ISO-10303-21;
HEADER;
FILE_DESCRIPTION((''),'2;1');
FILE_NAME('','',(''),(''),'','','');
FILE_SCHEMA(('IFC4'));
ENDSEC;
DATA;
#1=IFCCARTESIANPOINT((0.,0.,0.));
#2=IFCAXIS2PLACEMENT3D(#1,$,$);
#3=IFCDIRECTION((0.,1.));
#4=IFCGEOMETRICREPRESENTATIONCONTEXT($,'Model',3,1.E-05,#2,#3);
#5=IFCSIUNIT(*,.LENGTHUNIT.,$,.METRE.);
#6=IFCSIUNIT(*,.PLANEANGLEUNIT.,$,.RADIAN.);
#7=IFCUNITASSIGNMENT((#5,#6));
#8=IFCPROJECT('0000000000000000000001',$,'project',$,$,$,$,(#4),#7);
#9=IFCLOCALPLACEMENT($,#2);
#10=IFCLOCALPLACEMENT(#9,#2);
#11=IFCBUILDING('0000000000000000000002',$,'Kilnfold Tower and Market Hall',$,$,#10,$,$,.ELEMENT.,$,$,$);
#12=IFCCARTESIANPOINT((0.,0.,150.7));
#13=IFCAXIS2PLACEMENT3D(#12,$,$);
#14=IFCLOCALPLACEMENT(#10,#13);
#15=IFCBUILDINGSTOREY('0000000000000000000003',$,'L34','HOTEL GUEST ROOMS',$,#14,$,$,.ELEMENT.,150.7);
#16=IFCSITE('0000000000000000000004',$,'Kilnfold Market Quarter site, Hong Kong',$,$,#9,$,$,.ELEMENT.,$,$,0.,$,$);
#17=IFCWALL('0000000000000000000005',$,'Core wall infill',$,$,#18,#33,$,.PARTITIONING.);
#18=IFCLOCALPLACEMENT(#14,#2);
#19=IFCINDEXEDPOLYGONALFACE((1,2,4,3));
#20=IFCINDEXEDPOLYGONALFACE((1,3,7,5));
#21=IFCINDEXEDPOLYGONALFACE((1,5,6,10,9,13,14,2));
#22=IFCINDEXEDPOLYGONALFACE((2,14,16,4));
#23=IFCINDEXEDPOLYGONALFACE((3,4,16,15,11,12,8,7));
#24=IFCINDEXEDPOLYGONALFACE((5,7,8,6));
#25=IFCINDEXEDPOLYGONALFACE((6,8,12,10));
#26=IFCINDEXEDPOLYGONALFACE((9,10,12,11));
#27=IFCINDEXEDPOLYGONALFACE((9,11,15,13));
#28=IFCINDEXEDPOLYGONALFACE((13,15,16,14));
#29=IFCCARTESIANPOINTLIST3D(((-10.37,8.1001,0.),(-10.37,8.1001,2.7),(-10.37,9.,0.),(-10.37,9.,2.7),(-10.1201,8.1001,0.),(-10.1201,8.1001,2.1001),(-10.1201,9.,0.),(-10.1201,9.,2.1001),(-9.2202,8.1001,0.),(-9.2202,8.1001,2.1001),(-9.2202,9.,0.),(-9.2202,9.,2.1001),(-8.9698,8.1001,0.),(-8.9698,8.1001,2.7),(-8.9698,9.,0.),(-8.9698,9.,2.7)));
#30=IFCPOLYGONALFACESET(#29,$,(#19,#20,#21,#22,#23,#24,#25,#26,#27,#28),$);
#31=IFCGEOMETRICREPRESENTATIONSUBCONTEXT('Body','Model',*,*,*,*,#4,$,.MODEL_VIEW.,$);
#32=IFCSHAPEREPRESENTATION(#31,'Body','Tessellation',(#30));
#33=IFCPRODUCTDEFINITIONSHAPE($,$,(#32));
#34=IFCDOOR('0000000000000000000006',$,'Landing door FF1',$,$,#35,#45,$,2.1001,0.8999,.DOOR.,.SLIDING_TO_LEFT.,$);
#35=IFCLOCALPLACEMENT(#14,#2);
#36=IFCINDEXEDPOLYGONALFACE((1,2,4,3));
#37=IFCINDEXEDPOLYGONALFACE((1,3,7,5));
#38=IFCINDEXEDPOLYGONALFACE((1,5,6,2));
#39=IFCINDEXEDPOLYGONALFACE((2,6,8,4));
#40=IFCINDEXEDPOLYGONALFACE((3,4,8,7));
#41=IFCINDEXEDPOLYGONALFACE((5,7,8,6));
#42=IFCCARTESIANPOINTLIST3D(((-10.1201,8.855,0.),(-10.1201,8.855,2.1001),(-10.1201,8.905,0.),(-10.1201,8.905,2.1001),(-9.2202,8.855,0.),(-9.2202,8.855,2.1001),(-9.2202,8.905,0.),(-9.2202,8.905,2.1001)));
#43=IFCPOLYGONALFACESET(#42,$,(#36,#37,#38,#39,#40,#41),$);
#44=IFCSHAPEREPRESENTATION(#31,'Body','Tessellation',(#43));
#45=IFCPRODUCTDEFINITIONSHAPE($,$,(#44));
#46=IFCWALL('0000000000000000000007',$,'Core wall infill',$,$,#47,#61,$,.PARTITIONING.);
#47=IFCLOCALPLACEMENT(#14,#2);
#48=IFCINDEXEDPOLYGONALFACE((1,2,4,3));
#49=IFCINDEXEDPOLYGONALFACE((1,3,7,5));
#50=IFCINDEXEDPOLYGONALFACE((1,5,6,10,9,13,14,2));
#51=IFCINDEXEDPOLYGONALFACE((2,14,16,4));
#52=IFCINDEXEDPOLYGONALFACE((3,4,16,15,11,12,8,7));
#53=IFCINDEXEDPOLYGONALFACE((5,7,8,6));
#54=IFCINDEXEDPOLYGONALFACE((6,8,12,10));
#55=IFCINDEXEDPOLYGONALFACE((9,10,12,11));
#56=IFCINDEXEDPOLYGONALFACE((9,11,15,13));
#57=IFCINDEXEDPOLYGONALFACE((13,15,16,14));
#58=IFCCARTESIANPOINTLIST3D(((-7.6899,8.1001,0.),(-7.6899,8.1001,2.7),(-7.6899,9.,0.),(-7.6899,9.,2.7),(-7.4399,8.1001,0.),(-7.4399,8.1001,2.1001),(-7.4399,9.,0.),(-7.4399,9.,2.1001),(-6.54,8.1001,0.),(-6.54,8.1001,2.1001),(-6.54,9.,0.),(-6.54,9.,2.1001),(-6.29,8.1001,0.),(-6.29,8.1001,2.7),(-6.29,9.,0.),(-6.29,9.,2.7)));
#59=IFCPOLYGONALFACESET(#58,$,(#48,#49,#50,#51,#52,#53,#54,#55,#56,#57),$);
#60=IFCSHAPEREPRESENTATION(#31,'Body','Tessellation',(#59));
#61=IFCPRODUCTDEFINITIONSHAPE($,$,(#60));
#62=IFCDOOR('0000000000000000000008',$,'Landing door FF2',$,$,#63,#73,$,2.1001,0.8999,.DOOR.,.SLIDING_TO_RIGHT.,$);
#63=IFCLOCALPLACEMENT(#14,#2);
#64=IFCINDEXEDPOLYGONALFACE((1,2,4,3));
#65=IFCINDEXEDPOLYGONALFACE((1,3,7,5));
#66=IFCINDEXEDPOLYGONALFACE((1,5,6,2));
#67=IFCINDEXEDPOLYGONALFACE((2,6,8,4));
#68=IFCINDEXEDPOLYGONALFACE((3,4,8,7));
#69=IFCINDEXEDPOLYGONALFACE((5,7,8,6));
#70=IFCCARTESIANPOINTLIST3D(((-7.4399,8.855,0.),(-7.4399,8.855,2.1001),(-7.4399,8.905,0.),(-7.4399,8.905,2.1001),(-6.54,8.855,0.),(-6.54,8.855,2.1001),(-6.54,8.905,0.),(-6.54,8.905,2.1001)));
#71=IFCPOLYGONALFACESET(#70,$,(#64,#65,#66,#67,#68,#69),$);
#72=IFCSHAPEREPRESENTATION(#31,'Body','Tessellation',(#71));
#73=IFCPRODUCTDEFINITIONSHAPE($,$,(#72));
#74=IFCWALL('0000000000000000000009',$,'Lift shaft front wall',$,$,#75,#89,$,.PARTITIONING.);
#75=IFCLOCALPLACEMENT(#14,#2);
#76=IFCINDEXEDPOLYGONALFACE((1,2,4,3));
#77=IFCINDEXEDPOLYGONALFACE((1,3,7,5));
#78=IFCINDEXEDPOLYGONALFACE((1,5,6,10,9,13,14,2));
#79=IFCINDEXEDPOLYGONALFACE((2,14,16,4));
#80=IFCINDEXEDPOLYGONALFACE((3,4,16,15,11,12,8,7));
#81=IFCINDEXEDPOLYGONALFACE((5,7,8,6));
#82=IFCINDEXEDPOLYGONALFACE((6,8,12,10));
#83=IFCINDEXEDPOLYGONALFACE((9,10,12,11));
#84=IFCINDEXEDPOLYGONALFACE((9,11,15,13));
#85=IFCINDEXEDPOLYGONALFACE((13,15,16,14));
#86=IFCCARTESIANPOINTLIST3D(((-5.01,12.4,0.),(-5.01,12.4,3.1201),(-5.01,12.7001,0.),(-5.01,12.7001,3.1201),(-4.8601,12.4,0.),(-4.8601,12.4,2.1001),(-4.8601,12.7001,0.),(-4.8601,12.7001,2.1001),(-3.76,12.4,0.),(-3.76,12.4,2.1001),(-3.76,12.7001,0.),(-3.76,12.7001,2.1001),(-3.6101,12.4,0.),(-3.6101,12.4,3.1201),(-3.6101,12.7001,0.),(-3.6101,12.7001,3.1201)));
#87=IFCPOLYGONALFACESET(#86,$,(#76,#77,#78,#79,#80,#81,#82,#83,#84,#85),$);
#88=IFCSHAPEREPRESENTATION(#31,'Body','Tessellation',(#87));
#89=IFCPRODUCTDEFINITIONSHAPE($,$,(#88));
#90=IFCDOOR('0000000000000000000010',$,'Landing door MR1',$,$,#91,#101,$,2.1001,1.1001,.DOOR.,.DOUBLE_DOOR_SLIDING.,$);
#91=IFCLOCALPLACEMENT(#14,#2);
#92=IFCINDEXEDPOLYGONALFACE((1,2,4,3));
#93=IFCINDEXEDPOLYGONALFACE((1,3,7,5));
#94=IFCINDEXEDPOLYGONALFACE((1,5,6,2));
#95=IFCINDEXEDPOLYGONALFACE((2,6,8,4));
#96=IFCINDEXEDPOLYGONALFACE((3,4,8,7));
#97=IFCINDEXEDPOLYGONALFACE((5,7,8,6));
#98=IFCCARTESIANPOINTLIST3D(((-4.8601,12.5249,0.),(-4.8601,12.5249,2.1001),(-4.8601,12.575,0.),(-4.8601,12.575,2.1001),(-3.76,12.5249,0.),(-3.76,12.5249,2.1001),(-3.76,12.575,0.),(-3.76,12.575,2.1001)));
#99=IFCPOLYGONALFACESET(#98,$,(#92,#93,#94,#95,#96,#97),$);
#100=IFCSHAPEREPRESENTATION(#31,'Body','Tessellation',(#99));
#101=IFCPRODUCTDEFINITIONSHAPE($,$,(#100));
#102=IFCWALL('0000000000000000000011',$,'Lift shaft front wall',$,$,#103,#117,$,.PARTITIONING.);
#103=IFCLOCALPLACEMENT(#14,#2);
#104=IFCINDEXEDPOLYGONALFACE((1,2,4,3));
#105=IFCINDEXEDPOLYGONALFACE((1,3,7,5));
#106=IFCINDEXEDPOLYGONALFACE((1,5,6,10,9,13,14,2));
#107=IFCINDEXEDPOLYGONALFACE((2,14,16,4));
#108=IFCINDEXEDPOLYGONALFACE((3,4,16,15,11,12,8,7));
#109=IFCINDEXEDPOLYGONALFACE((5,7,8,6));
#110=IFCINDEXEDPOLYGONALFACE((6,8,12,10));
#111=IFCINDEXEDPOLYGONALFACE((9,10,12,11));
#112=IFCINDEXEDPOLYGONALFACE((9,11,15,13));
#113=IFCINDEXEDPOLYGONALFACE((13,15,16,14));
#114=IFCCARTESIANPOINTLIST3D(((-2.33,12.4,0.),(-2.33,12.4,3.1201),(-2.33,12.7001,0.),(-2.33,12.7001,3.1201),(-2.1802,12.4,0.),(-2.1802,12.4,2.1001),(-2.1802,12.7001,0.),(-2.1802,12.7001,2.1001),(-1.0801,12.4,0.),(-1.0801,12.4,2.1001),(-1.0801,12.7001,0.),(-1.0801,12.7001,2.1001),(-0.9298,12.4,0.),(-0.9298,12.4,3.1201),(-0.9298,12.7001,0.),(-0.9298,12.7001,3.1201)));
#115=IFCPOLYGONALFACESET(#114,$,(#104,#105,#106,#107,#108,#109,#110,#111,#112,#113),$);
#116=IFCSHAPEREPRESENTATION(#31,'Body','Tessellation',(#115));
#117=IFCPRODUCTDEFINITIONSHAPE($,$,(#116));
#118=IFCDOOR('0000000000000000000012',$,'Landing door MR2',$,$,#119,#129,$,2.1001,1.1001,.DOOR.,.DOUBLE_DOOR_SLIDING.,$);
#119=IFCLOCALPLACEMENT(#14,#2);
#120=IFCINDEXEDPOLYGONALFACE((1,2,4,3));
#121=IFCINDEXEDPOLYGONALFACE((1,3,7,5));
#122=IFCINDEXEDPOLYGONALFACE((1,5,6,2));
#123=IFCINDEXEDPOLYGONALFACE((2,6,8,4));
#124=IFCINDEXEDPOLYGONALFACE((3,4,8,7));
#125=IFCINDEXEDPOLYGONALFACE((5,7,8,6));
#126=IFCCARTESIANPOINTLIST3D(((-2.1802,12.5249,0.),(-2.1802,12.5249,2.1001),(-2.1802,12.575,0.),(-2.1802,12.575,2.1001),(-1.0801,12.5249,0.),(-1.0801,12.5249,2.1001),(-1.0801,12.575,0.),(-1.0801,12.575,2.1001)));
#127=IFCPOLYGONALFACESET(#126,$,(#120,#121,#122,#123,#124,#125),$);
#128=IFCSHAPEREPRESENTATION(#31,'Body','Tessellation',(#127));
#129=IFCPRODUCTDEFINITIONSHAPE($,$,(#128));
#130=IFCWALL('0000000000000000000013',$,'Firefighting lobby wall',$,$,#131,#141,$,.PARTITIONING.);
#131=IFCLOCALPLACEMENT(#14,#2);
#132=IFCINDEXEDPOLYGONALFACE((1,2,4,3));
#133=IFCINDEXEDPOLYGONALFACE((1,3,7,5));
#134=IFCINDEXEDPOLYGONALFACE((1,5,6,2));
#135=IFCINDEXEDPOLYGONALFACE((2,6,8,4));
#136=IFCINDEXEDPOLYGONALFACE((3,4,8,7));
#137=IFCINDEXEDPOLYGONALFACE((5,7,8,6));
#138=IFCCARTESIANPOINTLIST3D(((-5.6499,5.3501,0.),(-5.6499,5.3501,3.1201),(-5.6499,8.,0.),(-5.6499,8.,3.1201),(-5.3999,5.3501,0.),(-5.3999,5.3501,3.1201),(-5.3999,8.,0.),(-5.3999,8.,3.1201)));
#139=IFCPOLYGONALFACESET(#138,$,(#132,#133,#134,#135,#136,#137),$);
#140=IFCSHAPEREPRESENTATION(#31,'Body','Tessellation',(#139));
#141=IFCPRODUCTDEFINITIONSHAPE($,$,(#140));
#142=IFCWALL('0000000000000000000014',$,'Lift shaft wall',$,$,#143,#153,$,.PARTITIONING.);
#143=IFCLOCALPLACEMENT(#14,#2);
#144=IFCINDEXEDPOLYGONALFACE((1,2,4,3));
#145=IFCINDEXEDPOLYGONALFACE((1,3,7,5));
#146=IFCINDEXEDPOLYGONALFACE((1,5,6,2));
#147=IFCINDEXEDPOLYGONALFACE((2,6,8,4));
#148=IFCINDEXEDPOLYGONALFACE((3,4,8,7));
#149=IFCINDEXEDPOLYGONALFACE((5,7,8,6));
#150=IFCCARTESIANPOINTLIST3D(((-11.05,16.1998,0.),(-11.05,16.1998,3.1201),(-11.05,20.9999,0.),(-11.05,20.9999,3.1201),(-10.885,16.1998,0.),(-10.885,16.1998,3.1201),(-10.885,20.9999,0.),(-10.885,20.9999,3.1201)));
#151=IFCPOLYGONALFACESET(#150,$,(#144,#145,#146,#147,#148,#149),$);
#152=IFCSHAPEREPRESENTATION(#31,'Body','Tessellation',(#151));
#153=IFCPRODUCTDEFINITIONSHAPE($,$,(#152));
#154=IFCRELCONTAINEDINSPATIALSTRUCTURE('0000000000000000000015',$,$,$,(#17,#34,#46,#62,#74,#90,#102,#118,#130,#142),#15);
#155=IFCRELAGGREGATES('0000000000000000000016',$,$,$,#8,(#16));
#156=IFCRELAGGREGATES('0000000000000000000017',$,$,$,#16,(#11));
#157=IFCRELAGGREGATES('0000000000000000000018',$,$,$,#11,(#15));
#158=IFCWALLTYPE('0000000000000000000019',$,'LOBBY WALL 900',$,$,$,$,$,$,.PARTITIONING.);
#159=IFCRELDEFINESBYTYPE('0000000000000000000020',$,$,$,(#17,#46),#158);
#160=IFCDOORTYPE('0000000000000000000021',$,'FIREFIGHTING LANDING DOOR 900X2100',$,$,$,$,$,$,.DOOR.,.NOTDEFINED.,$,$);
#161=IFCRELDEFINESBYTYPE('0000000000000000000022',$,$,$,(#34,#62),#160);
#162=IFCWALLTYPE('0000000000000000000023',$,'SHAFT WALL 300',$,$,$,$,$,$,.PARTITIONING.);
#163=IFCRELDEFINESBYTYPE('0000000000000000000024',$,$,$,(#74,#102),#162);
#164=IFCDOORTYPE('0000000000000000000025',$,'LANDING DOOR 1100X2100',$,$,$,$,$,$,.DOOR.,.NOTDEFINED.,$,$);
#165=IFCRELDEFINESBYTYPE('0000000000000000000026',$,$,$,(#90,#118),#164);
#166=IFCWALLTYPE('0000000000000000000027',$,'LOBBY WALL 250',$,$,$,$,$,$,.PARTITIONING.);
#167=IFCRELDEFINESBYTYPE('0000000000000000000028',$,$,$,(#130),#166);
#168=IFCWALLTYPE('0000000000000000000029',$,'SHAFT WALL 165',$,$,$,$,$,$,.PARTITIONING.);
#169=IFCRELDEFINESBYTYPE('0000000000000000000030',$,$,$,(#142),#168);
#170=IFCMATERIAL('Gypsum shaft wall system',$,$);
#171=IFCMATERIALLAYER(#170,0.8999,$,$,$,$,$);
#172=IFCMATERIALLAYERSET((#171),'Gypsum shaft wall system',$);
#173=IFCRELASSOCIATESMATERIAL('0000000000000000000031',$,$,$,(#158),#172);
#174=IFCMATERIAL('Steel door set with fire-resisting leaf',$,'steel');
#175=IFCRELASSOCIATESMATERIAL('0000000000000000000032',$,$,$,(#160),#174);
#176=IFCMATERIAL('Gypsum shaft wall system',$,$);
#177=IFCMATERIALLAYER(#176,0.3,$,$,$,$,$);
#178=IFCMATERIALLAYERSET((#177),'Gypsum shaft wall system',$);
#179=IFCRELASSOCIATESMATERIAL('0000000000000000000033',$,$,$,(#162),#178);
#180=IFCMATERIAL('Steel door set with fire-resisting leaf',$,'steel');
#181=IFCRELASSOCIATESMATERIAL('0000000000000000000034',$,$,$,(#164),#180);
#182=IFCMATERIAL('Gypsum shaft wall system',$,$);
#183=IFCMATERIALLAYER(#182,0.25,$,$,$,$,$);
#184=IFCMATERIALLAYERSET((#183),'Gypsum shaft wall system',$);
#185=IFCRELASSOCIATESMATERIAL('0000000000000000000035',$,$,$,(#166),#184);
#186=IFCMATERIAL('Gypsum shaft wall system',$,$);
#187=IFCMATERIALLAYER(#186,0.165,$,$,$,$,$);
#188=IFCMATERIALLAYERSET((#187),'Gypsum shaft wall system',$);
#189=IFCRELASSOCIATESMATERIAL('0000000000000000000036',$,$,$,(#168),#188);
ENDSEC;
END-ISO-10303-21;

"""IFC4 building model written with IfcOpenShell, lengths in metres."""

from ifc_helpers import new_model, si_unit, direction, frame, frame_2d, origin, place, context, subcontext, project, spatial, rectangle, extrude, source, transform, mapped, material, layer, layer_set, type_object, element, fill, save


model = new_model("IFC4")

# Units and contexts
model_context = context("Model", 3, precision=1e-05, world=origin(), true_north=direction((0.0, 1.0)))
body_context = subcontext(model_context, "Body", "Model", "MODEL_VIEW")
ifc_project = project(units=[si_unit("LENGTHUNIT", "METRE"), si_unit("PLANEANGLEUNIT", "RADIAN")], contexts=[model_context])

# Site, building, storey
site_placement = place(None, origin())
site = spatial("IfcSite", under=ifc_project, at=site_placement, Name="Kilnfold Market Quarter site, Hong Kong", CompositionType="ELEMENT", RefElevation=0.0)
building_placement = place(site_placement, origin())
building = spatial("IfcBuilding", under=site, at=building_placement, Name="Kilnfold Tower and Market Hall", CompositionType="ELEMENT")
storey_placement = place(building_placement, frame((0.0, 0.0, 150.7)))
storey = spatial("IfcBuildingStorey", under=building, at=storey_placement, Name="L34", Description="HOTEL GUEST ROOMS", CompositionType="ELEMENT", Elevation=150.7)

# Walls, openings, doors
ifc_material_1 = material(Name="Gypsum shaft wall system")
ifc_layer_1 = layer(ifc_material_1, 0.8999)
ifc_layer_set_1 = layer_set([ifc_layer_1], Name="Gypsum shaft wall system")
wall_type_1 = type_object("IfcWallType", Name="LOBBY WALL 900", PredefinedType="PARTITIONING", material=ifc_layer_set_1)
shared_shape_1 = source(origin(), body_context, "Body", "SweptSolid", [
    extrude(rectangle(XDim=1.4001, YDim=0.8999, at=frame_2d((0.7002, 0.0))), origin(), (0.0, 0.0, 1.0), 2.7),
])
wall_1_placement = place(storey_placement, frame((-10.3701, 8.55, 0.0), z_axis=(0.0, 0.0, 1.0), x_axis=(1.0, 0.0, 0.0)))
wall_1 = element("IfcWall", 1, at=wall_1_placement, inside=storey, type_object=wall_type_1, Name="Core wall infill", PredefinedType="PARTITIONING", context=body_context, shape_type="MappedRepresentation", body=[
    mapped(shared_shape_1, transform((0.0, 0.0, 0.0))),
])
opening_1_placement = place(wall_1_placement, frame((0.25, 0.0, 0.0)))
opening_1 = element("IfcOpeningElement", 2, at=opening_1_placement, cuts=wall_1, PredefinedType="OPENING", context=body_context, shape_type="SweptSolid", body=[
    extrude(rectangle(XDim=0.8999, YDim=2.1001, at=frame_2d((0.45, 1.05))), frame((0.0, 0.46, 0.0), z_axis=(0.0, -1.0, 0.0), x_axis=(1.0, 0.0, 0.0)), (0.0, 0.0, 1.0), 0.9199),
])
ifc_material_2 = material(Name="Steel door set with fire-resisting leaf", Category="steel")
door_type_1 = type_object("IfcDoorType", Name="FIREFIGHTING LANDING DOOR 900X2100", OperationType="NOTDEFINED", PredefinedType="DOOR", material=ifc_material_2)
door_1_placement = place(opening_1_placement, origin())
door_1 = element("IfcDoor", 3, at=door_1_placement, inside=storey, type_object=door_type_1, Name="Landing door FF1", OperationType="SLIDING_TO_LEFT", OverallHeight=2.1001, OverallWidth=0.8999, PredefinedType="DOOR", context=body_context, shape_type="SweptSolid", body=[
    extrude(rectangle(XDim=0.8999, YDim=2.1001, at=frame_2d((0.45, 1.05))), frame((0.0, 0.355, 0.0), z_axis=(0.0, -1.0, 0.0), x_axis=(1.0, 0.0, 0.0)), (0.0, 0.0, 1.0), 0.05),
])
fill(opening_1, door_1)
shared_shape_2 = source(origin(), body_context, "Body", "SweptSolid", [
    extrude(rectangle(XDim=1.3999, YDim=0.8999, at=frame_2d((0.7, 0.0))), origin(), (0.0, 0.0, 1.0), 2.7),
])
wall_2_placement = place(storey_placement, frame((-7.6899, 8.55, 0.0), z_axis=(0.0, 0.0, 1.0), x_axis=(1.0, 0.0, 0.0)))
wall_2 = element("IfcWall", 4, at=wall_2_placement, inside=storey, type_object=wall_type_1, Name="Core wall infill", PredefinedType="PARTITIONING", context=body_context, shape_type="MappedRepresentation", body=[
    mapped(shared_shape_2, transform((0.0, 0.0, 0.0))),
])
opening_2_placement = place(wall_2_placement, frame((0.25, 0.0, 0.0)))
opening_2 = element("IfcOpeningElement", 5, at=opening_2_placement, cuts=wall_2, PredefinedType="OPENING", context=body_context, shape_type="SweptSolid", body=[
    extrude(rectangle(XDim=0.8999, YDim=2.1001, at=frame_2d((0.45, 1.05))), frame((0.0, 0.46, 0.0), z_axis=(0.0, -1.0, 0.0), x_axis=(1.0, 0.0, 0.0)), (0.0, 0.0, 1.0), 0.9199),
])
door_2_placement = place(opening_2_placement, origin())
door_2 = element("IfcDoor", 6, at=door_2_placement, inside=storey, type_object=door_type_1, Name="Landing door FF2", OperationType="SLIDING_TO_RIGHT", OverallHeight=2.1001, OverallWidth=0.8999, PredefinedType="DOOR", context=body_context, shape_type="SweptSolid", body=[
    extrude(rectangle(XDim=0.8999, YDim=2.1001, at=frame_2d((0.45, 1.05))), frame((0.0, 0.355, 0.0), z_axis=(0.0, -1.0, 0.0), x_axis=(1.0, 0.0, 0.0)), (0.0, 0.0, 1.0), 0.05),
])
fill(opening_2, door_2)
ifc_material_3 = material(Name="Gypsum shaft wall system")
ifc_layer_2 = layer(ifc_material_3, 0.3)
ifc_layer_set_2 = layer_set([ifc_layer_2], Name="Gypsum shaft wall system")
wall_type_2 = type_object("IfcWallType", Name="SHAFT WALL 300", PredefinedType="PARTITIONING", material=ifc_layer_set_2)
shared_shape_3 = source(origin(), body_context, "Body", "SweptSolid", [
    extrude(rectangle(XDim=1.3999, YDim=0.3, at=frame_2d((0.7, 0.0))), origin(), (0.0, 0.0, 1.0), 3.1201),
])
wall_3_placement = place(storey_placement, frame((-5.01, 12.55, 0.0), z_axis=(0.0, 0.0, 1.0), x_axis=(1.0, 0.0, 0.0)))
wall_3 = element("IfcWall", 7, at=wall_3_placement, inside=storey, type_object=wall_type_2, Name="Lift shaft front wall", PredefinedType="PARTITIONING", context=body_context, shape_type="MappedRepresentation", body=[
    mapped(shared_shape_3, transform((0.0, 0.0, 0.0))),
])
opening_3_placement = place(wall_3_placement, frame((0.1499, 0.0, 0.0)))
opening_3 = element("IfcOpeningElement", 8, at=opening_3_placement, cuts=wall_3, PredefinedType="OPENING", context=body_context, shape_type="SweptSolid", body=[
    extrude(rectangle(XDim=1.1001, YDim=2.1001, at=frame_2d((0.55, 1.05))), frame((0.0, 0.1602, 0.0), z_axis=(0.0, -1.0, 0.0), x_axis=(1.0, 0.0, 0.0)), (0.0, 0.0, 1.0), 0.3201),
])
ifc_material_4 = material(Name="Steel door set with fire-resisting leaf", Category="steel")
door_type_2 = type_object("IfcDoorType", Name="LANDING DOOR 1100X2100", OperationType="NOTDEFINED", PredefinedType="DOOR", material=ifc_material_4)
door_3_placement = place(opening_3_placement, origin())
door_3 = element("IfcDoor", 9, at=door_3_placement, inside=storey, type_object=door_type_2, Name="Landing door MR1", OperationType="DOUBLE_DOOR_SLIDING", OverallHeight=2.1001, OverallWidth=1.1001, PredefinedType="DOOR", context=body_context, shape_type="SweptSolid", body=[
    extrude(rectangle(XDim=1.1001, YDim=2.1001, at=frame_2d((0.55, 1.05))), frame((0.0, 0.0249, 0.0), z_axis=(0.0, -1.0, 0.0), x_axis=(1.0, 0.0, 0.0)), (0.0, 0.0, 1.0), 0.05),
])
fill(opening_3, door_3)
shared_shape_4 = source(origin(), body_context, "Body", "SweptSolid", [
    extrude(rectangle(XDim=1.4001, YDim=0.3, at=frame_2d((0.7002, 0.0))), origin(), (0.0, 0.0, 1.0), 3.1201),
])
wall_4_placement = place(storey_placement, frame((-2.3301, 12.55, 0.0), z_axis=(0.0, 0.0, 1.0), x_axis=(1.0, 0.0, 0.0)))
wall_4 = element("IfcWall", 10, at=wall_4_placement, inside=storey, type_object=wall_type_2, Name="Lift shaft front wall", PredefinedType="PARTITIONING", context=body_context, shape_type="MappedRepresentation", body=[
    mapped(shared_shape_4, transform((0.0, 0.0, 0.0))),
])
opening_4_placement = place(wall_4_placement, frame((0.1499, 0.0, 0.0)))
opening_4 = element("IfcOpeningElement", 11, at=opening_4_placement, cuts=wall_4, PredefinedType="OPENING", context=body_context, shape_type="SweptSolid", body=[
    extrude(rectangle(XDim=1.1001, YDim=2.1001, at=frame_2d((0.55, 1.05))), frame((0.0, 0.1602, 0.0), z_axis=(0.0, -1.0, 0.0), x_axis=(1.0, 0.0, 0.0)), (0.0, 0.0, 1.0), 0.3201),
])
door_4_placement = place(opening_4_placement, origin())
door_4 = element("IfcDoor", 12, at=door_4_placement, inside=storey, type_object=door_type_2, Name="Landing door MR2", OperationType="DOUBLE_DOOR_SLIDING", OverallHeight=2.1001, OverallWidth=1.1001, PredefinedType="DOOR", context=body_context, shape_type="SweptSolid", body=[
    extrude(rectangle(XDim=1.1001, YDim=2.1001, at=frame_2d((0.55, 1.05))), frame((0.0, 0.0249, 0.0), z_axis=(0.0, -1.0, 0.0), x_axis=(1.0, 0.0, 0.0)), (0.0, 0.0, 1.0), 0.05),
])
fill(opening_4, door_4)

# Walls
ifc_material_5 = material(Name="Gypsum shaft wall system")
ifc_layer_3 = layer(ifc_material_5, 0.25)
ifc_layer_set_3 = layer_set([ifc_layer_3], Name="Gypsum shaft wall system")
wall_type_3 = type_object("IfcWallType", Name="LOBBY WALL 250", PredefinedType="PARTITIONING", material=ifc_layer_set_3)
shared_shape_5 = source(origin(), body_context, "Body", "SweptSolid", [
    extrude(rectangle(XDim=2.6499, YDim=0.25, at=frame_2d((1.325, 0.0))), origin(), (0.0, 0.0, 1.0), 3.1201),
])
wall_5_placement = place(storey_placement, frame((-5.5249, 5.3501, 0.0), z_axis=(0.0, 0.0, 1.0), x_axis=(0.0, 1.0, 0.0)))
element("IfcWall", 13, at=wall_5_placement, inside=storey, type_object=wall_type_3, Name="Firefighting lobby wall", PredefinedType="PARTITIONING", context=body_context, shape_type="MappedRepresentation", body=[
    mapped(shared_shape_5, transform((0.0, 0.0, 0.0))),
])
ifc_material_6 = material(Name="Gypsum shaft wall system")
ifc_layer_4 = layer(ifc_material_6, 0.165)
ifc_layer_set_4 = layer_set([ifc_layer_4], Name="Gypsum shaft wall system")
wall_type_4 = type_object("IfcWallType", Name="SHAFT WALL 165", PredefinedType="PARTITIONING", material=ifc_layer_set_4)
shared_shape_6 = source(origin(), body_context, "Body", "SweptSolid", [
    extrude(rectangle(XDim=4.8, YDim=0.165, at=frame_2d((2.3999, 0.0))), origin(), (0.0, 0.0, 1.0), 3.1201),
])
wall_6_placement = place(storey_placement, frame((-10.9675, 16.2, 0.0), z_axis=(0.0, 0.0, 1.0), x_axis=(0.0, 1.0, 0.0)))
element("IfcWall", 14, at=wall_6_placement, inside=storey, type_object=wall_type_4, Name="Lift shaft wall", PredefinedType="PARTITIONING", context=body_context, shape_type="MappedRepresentation", body=[
    mapped(shared_shape_6, transform((0.0, 0.0, 0.0))),
])

save(model, "model.ifc")
